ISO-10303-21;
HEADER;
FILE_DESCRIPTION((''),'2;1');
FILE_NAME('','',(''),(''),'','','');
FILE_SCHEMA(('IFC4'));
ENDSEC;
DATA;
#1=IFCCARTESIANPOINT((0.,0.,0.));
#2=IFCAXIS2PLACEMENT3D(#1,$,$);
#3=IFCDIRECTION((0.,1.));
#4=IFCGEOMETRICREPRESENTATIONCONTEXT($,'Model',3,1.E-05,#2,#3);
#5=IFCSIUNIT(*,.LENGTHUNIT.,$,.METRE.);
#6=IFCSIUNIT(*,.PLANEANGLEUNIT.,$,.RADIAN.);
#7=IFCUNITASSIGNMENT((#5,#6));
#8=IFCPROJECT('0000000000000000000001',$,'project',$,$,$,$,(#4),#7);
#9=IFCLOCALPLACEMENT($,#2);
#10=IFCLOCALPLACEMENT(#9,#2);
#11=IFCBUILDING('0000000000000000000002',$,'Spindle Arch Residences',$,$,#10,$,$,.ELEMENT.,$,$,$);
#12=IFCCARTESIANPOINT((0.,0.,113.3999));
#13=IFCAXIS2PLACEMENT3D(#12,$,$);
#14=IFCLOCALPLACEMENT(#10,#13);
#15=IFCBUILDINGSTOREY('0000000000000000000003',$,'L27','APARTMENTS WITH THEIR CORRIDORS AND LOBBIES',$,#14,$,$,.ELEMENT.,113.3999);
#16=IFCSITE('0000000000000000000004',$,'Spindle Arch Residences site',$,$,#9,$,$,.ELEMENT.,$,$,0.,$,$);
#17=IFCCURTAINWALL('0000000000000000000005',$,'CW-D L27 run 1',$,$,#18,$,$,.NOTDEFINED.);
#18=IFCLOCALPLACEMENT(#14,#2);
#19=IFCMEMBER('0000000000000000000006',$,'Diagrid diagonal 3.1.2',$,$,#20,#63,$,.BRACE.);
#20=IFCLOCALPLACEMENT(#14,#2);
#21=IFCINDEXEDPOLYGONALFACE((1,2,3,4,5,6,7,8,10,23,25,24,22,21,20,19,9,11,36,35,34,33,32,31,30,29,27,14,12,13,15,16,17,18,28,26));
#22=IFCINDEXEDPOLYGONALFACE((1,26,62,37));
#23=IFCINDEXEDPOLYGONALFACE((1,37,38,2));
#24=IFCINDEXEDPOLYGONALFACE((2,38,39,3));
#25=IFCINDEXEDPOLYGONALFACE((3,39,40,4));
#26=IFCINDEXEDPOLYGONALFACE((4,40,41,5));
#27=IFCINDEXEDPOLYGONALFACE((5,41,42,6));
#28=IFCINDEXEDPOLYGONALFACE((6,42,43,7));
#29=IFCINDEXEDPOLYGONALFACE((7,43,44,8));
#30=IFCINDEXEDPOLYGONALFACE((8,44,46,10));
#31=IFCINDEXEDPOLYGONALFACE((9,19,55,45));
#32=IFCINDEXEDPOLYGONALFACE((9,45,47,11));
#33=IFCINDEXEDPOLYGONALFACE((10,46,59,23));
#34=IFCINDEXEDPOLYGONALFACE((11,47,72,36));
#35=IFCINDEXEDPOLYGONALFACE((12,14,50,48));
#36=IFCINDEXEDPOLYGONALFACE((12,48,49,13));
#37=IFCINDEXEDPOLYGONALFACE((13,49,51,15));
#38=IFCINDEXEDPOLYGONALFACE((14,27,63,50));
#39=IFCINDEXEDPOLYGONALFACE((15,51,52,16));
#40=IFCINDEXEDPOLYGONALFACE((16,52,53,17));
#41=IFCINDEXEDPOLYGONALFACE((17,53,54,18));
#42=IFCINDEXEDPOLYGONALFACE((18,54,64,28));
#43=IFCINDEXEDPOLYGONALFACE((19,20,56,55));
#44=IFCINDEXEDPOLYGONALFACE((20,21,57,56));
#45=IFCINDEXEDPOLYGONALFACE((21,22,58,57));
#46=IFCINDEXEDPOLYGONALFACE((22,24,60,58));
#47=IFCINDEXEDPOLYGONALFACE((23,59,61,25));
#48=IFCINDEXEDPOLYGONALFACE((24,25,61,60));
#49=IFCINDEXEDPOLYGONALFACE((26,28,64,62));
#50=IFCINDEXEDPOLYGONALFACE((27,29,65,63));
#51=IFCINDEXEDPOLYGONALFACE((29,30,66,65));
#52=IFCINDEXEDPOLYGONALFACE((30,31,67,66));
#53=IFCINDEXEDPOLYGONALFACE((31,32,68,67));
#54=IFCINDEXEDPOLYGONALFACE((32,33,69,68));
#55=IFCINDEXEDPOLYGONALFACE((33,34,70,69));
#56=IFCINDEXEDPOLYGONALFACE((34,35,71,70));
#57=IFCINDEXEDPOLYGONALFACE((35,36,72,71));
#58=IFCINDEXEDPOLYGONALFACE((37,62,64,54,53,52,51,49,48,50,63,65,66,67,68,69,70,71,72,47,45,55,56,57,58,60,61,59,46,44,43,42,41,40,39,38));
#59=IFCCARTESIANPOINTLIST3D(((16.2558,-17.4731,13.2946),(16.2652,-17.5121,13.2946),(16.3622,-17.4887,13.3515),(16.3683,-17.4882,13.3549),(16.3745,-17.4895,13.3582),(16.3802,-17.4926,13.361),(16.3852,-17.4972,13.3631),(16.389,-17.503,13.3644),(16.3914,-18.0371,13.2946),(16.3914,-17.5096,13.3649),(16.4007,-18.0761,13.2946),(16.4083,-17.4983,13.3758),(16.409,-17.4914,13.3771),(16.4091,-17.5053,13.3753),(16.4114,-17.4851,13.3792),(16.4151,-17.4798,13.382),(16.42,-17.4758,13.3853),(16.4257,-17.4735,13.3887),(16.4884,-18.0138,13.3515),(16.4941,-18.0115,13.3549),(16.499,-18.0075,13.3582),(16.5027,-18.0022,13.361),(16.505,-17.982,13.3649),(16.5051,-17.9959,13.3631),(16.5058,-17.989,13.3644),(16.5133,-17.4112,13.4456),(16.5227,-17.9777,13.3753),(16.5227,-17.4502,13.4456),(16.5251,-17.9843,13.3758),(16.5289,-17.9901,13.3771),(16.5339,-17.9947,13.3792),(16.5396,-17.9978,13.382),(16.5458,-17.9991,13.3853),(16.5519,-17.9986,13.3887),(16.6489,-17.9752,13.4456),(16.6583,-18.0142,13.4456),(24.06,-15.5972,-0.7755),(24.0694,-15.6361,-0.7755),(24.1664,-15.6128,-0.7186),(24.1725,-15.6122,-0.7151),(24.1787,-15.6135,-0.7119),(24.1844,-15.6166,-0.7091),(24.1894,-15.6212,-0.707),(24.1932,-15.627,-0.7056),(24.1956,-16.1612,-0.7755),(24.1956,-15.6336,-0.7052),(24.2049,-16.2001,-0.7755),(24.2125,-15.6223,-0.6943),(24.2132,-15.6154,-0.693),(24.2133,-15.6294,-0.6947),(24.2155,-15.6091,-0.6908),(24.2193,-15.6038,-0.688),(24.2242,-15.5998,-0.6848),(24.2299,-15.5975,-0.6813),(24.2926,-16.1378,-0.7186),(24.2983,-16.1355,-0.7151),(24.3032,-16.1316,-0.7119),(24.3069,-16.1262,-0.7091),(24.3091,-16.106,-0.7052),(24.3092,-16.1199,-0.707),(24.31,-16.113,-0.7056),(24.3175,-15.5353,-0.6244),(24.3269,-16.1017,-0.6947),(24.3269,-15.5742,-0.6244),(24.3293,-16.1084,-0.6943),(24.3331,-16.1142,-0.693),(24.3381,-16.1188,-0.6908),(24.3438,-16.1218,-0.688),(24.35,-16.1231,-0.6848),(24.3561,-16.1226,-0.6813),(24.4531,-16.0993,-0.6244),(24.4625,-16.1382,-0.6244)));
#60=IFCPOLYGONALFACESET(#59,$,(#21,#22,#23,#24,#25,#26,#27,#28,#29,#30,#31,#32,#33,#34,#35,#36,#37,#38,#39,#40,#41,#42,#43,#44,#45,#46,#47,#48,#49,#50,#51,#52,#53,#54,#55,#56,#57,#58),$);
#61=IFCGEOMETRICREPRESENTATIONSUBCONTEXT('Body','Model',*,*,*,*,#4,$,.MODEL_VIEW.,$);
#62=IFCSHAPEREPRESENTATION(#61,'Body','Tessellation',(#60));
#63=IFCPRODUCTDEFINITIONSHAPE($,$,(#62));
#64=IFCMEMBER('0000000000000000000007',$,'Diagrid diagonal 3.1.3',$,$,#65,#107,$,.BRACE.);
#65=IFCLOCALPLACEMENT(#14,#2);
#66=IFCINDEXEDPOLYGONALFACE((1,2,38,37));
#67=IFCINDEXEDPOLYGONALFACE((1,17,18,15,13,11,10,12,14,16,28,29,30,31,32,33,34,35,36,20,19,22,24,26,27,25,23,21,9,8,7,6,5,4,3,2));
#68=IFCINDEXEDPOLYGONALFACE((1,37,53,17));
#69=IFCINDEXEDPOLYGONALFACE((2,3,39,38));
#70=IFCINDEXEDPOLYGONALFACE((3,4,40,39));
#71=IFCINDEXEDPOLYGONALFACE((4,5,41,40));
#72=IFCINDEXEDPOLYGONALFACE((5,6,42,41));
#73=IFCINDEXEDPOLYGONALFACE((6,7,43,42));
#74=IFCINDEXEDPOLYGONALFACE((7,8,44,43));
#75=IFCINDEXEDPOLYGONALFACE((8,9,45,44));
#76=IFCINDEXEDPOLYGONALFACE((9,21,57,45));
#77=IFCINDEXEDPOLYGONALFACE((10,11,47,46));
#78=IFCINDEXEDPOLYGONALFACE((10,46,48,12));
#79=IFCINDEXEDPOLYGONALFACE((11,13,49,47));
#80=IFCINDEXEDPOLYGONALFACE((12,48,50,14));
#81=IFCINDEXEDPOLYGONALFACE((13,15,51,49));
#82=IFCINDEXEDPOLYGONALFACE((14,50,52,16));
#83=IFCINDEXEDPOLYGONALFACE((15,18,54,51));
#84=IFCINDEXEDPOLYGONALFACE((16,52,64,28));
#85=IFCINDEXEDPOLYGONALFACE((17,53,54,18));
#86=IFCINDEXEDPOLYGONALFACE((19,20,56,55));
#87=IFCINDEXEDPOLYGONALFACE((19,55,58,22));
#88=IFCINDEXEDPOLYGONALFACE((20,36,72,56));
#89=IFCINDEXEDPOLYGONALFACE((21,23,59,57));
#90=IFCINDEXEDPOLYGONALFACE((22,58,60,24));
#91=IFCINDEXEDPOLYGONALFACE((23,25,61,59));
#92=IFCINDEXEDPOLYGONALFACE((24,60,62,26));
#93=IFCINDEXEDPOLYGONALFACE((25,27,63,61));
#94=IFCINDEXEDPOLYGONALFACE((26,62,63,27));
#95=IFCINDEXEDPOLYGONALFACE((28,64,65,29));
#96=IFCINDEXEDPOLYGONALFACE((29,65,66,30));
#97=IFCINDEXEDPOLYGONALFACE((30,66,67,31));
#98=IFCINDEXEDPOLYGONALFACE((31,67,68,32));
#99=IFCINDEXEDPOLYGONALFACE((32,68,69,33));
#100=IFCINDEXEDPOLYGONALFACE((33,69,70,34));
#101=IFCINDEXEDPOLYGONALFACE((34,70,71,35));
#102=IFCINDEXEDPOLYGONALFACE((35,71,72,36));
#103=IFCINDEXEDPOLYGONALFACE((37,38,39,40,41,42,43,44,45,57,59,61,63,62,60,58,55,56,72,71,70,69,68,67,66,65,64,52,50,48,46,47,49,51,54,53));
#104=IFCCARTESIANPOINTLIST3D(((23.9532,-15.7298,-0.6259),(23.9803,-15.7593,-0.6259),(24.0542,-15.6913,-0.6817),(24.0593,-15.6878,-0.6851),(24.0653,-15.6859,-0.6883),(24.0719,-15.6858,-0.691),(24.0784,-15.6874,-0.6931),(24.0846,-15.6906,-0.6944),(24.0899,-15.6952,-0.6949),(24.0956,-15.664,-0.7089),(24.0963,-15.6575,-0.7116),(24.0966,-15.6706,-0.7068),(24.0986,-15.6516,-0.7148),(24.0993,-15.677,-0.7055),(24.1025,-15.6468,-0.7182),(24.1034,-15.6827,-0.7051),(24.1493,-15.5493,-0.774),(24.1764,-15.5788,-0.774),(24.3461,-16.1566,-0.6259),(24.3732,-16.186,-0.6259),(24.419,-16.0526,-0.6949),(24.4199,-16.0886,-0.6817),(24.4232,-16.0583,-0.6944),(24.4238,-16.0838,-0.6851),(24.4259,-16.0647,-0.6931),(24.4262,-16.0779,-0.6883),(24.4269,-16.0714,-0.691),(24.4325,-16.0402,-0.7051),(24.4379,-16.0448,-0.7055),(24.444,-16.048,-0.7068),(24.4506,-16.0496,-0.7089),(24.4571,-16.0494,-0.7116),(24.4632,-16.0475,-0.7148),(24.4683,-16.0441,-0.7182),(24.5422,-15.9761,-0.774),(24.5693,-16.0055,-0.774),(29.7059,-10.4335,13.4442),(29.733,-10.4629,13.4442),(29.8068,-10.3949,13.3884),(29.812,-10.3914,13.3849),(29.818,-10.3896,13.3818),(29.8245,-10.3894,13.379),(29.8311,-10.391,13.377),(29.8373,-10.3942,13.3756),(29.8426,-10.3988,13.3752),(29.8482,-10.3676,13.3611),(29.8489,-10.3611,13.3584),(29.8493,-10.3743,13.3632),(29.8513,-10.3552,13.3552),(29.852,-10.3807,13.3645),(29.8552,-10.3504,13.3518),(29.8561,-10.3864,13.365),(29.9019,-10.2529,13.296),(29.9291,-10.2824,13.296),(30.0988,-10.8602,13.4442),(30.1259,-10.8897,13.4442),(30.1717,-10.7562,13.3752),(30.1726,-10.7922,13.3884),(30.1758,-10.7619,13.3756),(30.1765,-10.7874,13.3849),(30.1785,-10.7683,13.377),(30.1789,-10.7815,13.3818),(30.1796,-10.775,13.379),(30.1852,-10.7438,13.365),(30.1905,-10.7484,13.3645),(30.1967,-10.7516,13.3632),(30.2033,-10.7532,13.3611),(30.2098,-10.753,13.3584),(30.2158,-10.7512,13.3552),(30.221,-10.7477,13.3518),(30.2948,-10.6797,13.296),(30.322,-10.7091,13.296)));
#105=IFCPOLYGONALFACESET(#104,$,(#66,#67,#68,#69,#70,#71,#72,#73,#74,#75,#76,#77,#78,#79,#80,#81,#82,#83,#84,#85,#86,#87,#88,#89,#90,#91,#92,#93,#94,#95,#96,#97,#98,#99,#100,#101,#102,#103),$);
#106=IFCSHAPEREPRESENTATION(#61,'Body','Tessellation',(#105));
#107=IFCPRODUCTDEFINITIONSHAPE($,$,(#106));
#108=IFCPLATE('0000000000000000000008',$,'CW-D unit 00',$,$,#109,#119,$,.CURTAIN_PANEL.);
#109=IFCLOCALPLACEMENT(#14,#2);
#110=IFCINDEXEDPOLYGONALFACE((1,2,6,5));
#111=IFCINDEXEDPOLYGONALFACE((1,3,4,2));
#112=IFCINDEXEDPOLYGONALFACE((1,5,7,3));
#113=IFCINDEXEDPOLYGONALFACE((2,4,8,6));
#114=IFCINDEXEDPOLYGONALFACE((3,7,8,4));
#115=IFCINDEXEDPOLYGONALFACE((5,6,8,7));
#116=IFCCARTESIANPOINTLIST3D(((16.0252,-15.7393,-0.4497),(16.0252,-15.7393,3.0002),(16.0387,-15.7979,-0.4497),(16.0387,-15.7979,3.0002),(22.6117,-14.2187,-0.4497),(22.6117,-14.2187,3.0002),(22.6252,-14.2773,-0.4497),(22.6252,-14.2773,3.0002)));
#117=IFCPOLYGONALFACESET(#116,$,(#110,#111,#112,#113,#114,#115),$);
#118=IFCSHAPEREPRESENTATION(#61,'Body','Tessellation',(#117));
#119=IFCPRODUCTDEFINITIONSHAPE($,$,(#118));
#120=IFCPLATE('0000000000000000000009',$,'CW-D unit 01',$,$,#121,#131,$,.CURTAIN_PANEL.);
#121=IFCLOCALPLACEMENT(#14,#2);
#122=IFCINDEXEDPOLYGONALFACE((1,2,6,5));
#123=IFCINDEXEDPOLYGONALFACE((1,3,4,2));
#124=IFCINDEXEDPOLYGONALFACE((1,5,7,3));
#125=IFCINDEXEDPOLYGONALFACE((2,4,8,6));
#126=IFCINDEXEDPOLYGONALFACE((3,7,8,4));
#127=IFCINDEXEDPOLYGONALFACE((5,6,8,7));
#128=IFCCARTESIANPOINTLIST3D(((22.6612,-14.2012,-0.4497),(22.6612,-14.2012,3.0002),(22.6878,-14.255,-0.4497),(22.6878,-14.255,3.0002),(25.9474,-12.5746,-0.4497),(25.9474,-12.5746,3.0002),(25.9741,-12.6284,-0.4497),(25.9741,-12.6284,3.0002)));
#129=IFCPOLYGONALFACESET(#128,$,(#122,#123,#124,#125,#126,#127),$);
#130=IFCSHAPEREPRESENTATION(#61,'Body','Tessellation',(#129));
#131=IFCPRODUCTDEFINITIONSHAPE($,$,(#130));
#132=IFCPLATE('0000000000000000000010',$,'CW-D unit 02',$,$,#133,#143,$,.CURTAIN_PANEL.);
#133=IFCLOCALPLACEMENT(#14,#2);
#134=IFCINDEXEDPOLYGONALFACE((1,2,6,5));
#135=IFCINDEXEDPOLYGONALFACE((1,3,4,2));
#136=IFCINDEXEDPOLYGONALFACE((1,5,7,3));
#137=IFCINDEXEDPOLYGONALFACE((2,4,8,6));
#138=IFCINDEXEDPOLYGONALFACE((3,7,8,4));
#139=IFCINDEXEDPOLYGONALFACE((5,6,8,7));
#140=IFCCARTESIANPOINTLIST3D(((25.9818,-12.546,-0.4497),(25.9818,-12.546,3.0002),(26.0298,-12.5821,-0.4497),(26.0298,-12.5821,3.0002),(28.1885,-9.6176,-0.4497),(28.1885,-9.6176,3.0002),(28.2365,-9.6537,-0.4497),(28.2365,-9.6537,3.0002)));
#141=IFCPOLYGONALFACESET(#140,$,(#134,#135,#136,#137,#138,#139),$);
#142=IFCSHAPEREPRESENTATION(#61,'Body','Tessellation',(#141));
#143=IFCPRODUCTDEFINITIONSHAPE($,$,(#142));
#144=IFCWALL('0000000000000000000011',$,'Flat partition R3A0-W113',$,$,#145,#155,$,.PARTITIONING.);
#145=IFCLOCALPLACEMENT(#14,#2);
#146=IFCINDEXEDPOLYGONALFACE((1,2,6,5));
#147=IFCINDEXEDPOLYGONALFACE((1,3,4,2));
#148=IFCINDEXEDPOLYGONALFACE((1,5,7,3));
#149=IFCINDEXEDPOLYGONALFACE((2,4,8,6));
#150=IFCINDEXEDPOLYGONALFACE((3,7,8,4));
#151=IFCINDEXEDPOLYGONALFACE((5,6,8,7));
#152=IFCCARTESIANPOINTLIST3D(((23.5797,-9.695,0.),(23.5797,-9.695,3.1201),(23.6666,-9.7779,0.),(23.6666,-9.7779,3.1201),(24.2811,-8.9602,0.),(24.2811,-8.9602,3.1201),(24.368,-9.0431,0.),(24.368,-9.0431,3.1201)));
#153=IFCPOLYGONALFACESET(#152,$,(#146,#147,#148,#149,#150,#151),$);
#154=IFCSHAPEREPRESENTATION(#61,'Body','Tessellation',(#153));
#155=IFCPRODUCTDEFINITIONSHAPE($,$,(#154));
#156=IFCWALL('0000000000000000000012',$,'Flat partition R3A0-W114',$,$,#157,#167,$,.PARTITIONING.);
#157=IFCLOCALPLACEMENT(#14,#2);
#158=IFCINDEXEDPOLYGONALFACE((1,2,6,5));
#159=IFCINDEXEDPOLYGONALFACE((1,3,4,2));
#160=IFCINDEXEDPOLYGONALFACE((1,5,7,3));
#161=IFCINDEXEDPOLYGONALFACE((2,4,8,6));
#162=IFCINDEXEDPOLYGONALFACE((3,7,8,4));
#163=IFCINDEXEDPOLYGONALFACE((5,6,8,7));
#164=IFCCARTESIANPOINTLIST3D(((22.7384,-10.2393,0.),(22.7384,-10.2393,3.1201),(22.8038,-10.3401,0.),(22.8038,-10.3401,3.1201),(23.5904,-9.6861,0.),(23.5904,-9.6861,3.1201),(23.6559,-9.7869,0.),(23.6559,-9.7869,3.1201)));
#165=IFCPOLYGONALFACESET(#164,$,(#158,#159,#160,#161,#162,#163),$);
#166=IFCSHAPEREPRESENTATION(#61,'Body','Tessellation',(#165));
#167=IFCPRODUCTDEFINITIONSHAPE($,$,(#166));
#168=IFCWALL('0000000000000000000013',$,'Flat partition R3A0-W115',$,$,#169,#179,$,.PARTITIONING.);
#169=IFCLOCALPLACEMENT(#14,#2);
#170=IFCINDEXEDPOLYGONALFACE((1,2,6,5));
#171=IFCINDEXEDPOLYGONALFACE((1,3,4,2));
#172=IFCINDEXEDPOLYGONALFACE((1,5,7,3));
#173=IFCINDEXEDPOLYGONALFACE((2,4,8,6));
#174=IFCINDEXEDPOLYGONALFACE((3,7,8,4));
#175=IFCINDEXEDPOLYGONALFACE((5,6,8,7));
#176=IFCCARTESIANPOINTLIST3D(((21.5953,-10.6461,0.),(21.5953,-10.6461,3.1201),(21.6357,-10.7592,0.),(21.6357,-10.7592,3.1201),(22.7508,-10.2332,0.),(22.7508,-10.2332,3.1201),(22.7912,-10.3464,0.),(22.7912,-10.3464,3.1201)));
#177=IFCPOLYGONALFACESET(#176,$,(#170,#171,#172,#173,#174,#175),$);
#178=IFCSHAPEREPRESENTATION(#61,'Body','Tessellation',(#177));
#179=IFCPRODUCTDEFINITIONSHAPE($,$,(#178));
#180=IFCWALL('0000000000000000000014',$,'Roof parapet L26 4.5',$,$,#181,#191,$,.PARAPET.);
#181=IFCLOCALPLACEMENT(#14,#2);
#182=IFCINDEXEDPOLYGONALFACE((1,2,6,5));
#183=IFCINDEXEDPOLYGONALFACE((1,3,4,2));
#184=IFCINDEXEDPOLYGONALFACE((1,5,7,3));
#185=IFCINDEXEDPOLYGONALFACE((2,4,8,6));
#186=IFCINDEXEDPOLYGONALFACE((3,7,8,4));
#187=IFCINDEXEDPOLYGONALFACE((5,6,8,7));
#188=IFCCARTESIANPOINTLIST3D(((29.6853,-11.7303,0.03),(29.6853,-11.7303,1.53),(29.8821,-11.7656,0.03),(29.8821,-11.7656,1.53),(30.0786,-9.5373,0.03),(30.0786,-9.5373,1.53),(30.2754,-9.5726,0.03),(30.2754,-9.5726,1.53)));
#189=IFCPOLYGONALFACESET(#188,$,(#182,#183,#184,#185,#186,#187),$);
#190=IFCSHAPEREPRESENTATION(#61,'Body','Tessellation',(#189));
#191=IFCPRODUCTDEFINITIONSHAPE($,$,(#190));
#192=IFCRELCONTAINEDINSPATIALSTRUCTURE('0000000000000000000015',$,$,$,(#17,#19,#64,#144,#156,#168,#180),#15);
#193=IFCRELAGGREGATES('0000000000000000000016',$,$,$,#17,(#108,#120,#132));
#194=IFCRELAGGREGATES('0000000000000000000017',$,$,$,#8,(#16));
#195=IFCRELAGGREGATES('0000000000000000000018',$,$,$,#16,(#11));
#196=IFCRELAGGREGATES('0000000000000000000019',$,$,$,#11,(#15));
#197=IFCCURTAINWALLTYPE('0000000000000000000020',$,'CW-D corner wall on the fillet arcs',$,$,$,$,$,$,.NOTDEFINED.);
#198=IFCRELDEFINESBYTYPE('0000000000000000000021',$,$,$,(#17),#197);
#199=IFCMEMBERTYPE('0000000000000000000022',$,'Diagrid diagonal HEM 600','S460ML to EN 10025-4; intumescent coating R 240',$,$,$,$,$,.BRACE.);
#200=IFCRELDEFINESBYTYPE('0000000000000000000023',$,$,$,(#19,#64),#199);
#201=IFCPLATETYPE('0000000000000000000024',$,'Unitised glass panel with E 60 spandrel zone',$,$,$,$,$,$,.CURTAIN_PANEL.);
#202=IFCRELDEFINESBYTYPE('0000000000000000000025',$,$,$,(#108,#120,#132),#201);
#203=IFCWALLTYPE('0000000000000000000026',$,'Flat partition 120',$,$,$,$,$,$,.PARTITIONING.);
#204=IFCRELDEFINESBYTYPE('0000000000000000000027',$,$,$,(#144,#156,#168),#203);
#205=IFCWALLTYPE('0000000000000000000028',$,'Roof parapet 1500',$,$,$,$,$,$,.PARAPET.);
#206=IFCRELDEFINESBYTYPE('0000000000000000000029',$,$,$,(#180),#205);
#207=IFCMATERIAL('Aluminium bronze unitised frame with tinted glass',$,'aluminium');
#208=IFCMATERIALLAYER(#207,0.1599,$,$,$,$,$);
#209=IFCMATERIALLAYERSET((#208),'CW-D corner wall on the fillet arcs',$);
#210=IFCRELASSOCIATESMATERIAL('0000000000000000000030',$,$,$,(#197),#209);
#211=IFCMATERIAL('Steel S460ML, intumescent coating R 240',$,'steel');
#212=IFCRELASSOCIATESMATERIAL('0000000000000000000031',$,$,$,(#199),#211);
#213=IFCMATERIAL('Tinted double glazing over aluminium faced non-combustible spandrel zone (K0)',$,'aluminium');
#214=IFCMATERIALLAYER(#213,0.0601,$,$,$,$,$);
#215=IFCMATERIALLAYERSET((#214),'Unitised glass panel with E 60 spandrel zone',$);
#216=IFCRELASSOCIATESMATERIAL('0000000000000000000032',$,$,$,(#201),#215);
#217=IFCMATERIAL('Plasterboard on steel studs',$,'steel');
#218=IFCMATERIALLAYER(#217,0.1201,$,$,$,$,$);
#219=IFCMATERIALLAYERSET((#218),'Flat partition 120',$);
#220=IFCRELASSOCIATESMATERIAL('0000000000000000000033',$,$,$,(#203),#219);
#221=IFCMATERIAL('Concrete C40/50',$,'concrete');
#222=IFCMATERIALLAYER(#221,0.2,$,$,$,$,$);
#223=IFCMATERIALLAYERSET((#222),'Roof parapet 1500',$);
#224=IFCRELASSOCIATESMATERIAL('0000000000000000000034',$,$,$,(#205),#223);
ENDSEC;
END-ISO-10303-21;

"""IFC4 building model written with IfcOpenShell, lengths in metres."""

from ifc_helpers import new_model, si_unit, direction, frame, frame_2d, origin, origin_2d, place, context, subcontext, project, spatial, rectangle, i_section, extrude, material, layer, layer_set, material_profile, profile_set, type_object, element, aggregate, save


model = new_model("IFC4")

# Units and contexts
model_context = context("Model", 3, precision=1e-05, world=origin(), true_north=direction((0.0, 1.0)))
body_context = subcontext(model_context, "Body", "Model", "MODEL_VIEW")
ifc_project = project(units=[si_unit("LENGTHUNIT", "METRE"), si_unit("PLANEANGLEUNIT", "RADIAN")], contexts=[model_context])

# Site, building, storey
site_placement = place(None, origin())
site = spatial("IfcSite", under=ifc_project, at=site_placement, Name="Spindle Arch Residences site", CompositionType="ELEMENT", RefElevation=0.0)
building_placement = place(site_placement, origin())
building = spatial("IfcBuilding", under=site, at=building_placement, Name="Spindle Arch Residences", CompositionType="ELEMENT")
storey_placement = place(building_placement, frame((0.0, 0.0, 113.3999)))
storey = spatial("IfcBuildingStorey", under=building, at=storey_placement, Name="L27", Description="APARTMENTS WITH THEIR CORRIDORS AND LOBBIES", CompositionType="ELEMENT", Elevation=113.3999)

# Curtain wall
ifc_material_1 = material(Name="Aluminium bronze unitised frame with tinted glass", Category="aluminium")
ifc_layer_1 = layer(ifc_material_1, 0.1599)
ifc_layer_set_1 = layer_set([ifc_layer_1], Name="CW-D corner wall on the fillet arcs")
curtain_wall_type = type_object("IfcCurtainWallType", Name="CW-D corner wall on the fillet arcs", PredefinedType="NOTDEFINED", material=ifc_layer_set_1)
curtain_wall_placement = place(storey_placement, origin())
curtain_wall = element("IfcCurtainWall", 1, at=curtain_wall_placement, inside=storey, type_object=curtain_wall_type, Name="CW-D L27 run 1", PredefinedType="NOTDEFINED")

# Members
ifc_material_2 = material(Name="Steel S460ML, intumescent coating R 240", Category="steel")
ifc_material_profile_1 = material_profile(ifc_material_2, i_section(OverallWidth=0.3049, OverallDepth=0.6201, WebThickness=0.021, FlangeThickness=0.04, FilletRadius=0.0271, at=origin_2d()), Name="HEM 600")
ifc_profile_set_1 = profile_set([ifc_material_profile_1], Name="Steel S460ML, intumescent coating R 240")
member_type_1 = type_object("IfcMemberType", Name="Diagrid diagonal HEM 600", Description="S460ML to EN 10025-4; intumescent coating R 240", PredefinedType="BRACE", material=ifc_profile_set_1)
member_1_placement = place(storey_placement, frame((24.2612, -15.8677, -0.7), z_axis=(-0.481785, -0.115812, 0.868603), x_axis=(0.844545, 0.203012, 0.495509)))
element("IfcMember", 2, at=member_1_placement, inside=storey, type_object=member_type_1, Name="Diagrid diagonal 3.1.2", PredefinedType="BRACE", context=body_context, shape_type="SweptSolid", body=[
    extrude(i_section(OverallWidth=0.3049, OverallDepth=0.6201, WebThickness=0.021, FlangeThickness=0.04, FilletRadius=0.0271, at=origin_2d()), origin(), (0.0, 0.0, 1.0), 16.1985),
])
member_2_placement = place(storey_placement, frame((24.2612, -15.8677, -0.7), z_axis=(0.357377, 0.32903, 0.874083), x_axis=(-0.643046, -0.59204, 0.485777)))
element("IfcMember", 3, at=member_2_placement, inside=storey, type_object=member_type_1, Name="Diagrid diagonal 3.1.3", PredefinedType="BRACE", context=body_context, shape_type="SweptSolid", body=[
    extrude(i_section(OverallWidth=0.3049, OverallDepth=0.6201, WebThickness=0.021, FlangeThickness=0.04, FilletRadius=0.0271, at=origin_2d()), origin(), (0.0, 0.0, 1.0), 16.0969),
])

# Plates
ifc_material_3 = material(Name="Tinted double glazing over aluminium faced non-combustible spandrel zone (K0)", Category="aluminium")
ifc_layer_2 = layer(ifc_material_3, 0.0601)
ifc_layer_set_2 = layer_set([ifc_layer_2], Name="Unitised glass panel with E 60 spandrel zone")
plate_type = type_object("IfcPlateType", Name="Unitised glass panel with E 60 spandrel zone", PredefinedType="CURTAIN_PANEL", material=ifc_layer_set_2)
plate_1_placement = place(storey_placement, frame((19.3252, -15.0083, -0.4497), z_axis=(0.0, 0.0, 1.0), x_axis=(0.97437, 0.224951, 0.0)))
plate_1 = element("IfcPlate", 4, at=plate_1_placement, type_object=plate_type, Name="CW-D unit 00", PredefinedType="CURTAIN_PANEL", context=body_context, shape_type="SweptSolid", body=[
    extrude(rectangle(XDim=6.7598, YDim=0.0601, at=origin_2d()), origin(), (0.0, 0.0, 1.0), 3.45),
])
plate_2_placement = place(storey_placement, frame((24.3176, -13.4148, -0.4497), z_axis=(0.0, 0.0, 1.0), x_axis=(0.896229, 0.443593, 0.0)))
plate_2 = element("IfcPlate", 5, at=plate_2_placement, type_object=plate_type, Name="CW-D unit 01", PredefinedType="CURTAIN_PANEL", context=body_context, shape_type="SweptSolid", body=[
    extrude(rectangle(XDim=3.6667, YDim=0.0601, at=origin_2d()), origin(), (0.0, 0.0, 1.0), 3.45),
])
plate_3_placement = place(storey_placement, frame((27.1091, -11.0999, -0.4497), z_axis=(0.0, 0.0, 1.0), x_axis=(0.601815, 0.798636, 0.0)))
plate_3 = element("IfcPlate", 6, at=plate_3_placement, type_object=plate_type, Name="CW-D unit 02", PredefinedType="CURTAIN_PANEL", context=body_context, shape_type="SweptSolid", body=[
    extrude(rectangle(XDim=3.6667, YDim=0.0601, at=origin_2d()), origin(), (0.0, 0.0, 1.0), 3.45),
])
aggregate(curtain_wall, [plate_1, plate_2, plate_3])

# Walls
ifc_material_4 = material(Name="Plasterboard on steel studs", Category="steel")
ifc_layer_3 = layer(ifc_material_4, 0.1201)
ifc_layer_set_3 = layer_set([ifc_layer_3], Name="Flat partition 120")
wall_type_1 = type_object("IfcWallType", Name="Flat partition 120", PredefinedType="PARTITIONING", material=ifc_layer_set_3)
for number, where, z_axis, x_axis, name in (
    (7, (24.3245, -9.0017, 0.0), (0.0, 0.0, 1.0), (-0.690453, -0.723377, 0.0), "Flat partition R3A0-W113"),
    (8, (23.623, -9.7366, 0.0), (0.0, 0.0, 1.0), (-0.838718, -0.544566, 0.0), "Flat partition R3A0-W114"),
):
    element("IfcWall", number, at=place(storey_placement, frame(where, z_axis=z_axis, x_axis=x_axis)), inside=storey, type_object=wall_type_1, Name=name, PredefinedType="PARTITIONING", context=body_context, shape_type="SweptSolid", body=[
        extrude(rectangle(XDim=1.0159, YDim=0.1201, at=frame_2d((0.5078, 0.0))), origin(), (0.0, 0.0, 1.0), 3.1201),
    ])
wall_1_placement = place(storey_placement, frame((22.771, -10.2898, 0.0), z_axis=(0.0, 0.0, 1.0), x_axis=(-0.941701, -0.33645, 0.0)))
element("IfcWall", 9, at=wall_1_placement, inside=storey, type_object=wall_type_1, Name="Flat partition R3A0-W115", PredefinedType="PARTITIONING", context=body_context, shape_type="SweptSolid", body=[
    extrude(rectangle(XDim=1.2271, YDim=0.1201, at=frame_2d((0.6135, 0.0))), origin(), (0.0, 0.0, 1.0), 3.1201),
])
ifc_material_5 = material(Name="Concrete C40/50", Category="concrete")
ifc_layer_4 = layer(ifc_material_5, 0.2)
ifc_layer_set_4 = layer_set([ifc_layer_4], Name="Roof parapet 1500")
wall_type_2 = type_object("IfcWallType", Name="Roof parapet 1500", PredefinedType="PARAPET", material=ifc_layer_set_4)
wall_2_placement = place(storey_placement, frame((30.177, -9.5549, 0.03), z_axis=(0.0, 0.0, 1.0), x_axis=(-0.176523, -0.984297, 0.0)))
element("IfcWall", 10, at=wall_2_placement, inside=storey, type_object=wall_type_2, Name="Roof parapet L26 4.5", PredefinedType="PARAPET", context=body_context, shape_type="SweptSolid", body=[
    extrude(rectangle(XDim=2.228, YDim=0.2, at=frame_2d((1.114, 0.0))), origin(), (0.0, 0.0, 1.0), 1.5),
])

save(model, "model.ifc")
